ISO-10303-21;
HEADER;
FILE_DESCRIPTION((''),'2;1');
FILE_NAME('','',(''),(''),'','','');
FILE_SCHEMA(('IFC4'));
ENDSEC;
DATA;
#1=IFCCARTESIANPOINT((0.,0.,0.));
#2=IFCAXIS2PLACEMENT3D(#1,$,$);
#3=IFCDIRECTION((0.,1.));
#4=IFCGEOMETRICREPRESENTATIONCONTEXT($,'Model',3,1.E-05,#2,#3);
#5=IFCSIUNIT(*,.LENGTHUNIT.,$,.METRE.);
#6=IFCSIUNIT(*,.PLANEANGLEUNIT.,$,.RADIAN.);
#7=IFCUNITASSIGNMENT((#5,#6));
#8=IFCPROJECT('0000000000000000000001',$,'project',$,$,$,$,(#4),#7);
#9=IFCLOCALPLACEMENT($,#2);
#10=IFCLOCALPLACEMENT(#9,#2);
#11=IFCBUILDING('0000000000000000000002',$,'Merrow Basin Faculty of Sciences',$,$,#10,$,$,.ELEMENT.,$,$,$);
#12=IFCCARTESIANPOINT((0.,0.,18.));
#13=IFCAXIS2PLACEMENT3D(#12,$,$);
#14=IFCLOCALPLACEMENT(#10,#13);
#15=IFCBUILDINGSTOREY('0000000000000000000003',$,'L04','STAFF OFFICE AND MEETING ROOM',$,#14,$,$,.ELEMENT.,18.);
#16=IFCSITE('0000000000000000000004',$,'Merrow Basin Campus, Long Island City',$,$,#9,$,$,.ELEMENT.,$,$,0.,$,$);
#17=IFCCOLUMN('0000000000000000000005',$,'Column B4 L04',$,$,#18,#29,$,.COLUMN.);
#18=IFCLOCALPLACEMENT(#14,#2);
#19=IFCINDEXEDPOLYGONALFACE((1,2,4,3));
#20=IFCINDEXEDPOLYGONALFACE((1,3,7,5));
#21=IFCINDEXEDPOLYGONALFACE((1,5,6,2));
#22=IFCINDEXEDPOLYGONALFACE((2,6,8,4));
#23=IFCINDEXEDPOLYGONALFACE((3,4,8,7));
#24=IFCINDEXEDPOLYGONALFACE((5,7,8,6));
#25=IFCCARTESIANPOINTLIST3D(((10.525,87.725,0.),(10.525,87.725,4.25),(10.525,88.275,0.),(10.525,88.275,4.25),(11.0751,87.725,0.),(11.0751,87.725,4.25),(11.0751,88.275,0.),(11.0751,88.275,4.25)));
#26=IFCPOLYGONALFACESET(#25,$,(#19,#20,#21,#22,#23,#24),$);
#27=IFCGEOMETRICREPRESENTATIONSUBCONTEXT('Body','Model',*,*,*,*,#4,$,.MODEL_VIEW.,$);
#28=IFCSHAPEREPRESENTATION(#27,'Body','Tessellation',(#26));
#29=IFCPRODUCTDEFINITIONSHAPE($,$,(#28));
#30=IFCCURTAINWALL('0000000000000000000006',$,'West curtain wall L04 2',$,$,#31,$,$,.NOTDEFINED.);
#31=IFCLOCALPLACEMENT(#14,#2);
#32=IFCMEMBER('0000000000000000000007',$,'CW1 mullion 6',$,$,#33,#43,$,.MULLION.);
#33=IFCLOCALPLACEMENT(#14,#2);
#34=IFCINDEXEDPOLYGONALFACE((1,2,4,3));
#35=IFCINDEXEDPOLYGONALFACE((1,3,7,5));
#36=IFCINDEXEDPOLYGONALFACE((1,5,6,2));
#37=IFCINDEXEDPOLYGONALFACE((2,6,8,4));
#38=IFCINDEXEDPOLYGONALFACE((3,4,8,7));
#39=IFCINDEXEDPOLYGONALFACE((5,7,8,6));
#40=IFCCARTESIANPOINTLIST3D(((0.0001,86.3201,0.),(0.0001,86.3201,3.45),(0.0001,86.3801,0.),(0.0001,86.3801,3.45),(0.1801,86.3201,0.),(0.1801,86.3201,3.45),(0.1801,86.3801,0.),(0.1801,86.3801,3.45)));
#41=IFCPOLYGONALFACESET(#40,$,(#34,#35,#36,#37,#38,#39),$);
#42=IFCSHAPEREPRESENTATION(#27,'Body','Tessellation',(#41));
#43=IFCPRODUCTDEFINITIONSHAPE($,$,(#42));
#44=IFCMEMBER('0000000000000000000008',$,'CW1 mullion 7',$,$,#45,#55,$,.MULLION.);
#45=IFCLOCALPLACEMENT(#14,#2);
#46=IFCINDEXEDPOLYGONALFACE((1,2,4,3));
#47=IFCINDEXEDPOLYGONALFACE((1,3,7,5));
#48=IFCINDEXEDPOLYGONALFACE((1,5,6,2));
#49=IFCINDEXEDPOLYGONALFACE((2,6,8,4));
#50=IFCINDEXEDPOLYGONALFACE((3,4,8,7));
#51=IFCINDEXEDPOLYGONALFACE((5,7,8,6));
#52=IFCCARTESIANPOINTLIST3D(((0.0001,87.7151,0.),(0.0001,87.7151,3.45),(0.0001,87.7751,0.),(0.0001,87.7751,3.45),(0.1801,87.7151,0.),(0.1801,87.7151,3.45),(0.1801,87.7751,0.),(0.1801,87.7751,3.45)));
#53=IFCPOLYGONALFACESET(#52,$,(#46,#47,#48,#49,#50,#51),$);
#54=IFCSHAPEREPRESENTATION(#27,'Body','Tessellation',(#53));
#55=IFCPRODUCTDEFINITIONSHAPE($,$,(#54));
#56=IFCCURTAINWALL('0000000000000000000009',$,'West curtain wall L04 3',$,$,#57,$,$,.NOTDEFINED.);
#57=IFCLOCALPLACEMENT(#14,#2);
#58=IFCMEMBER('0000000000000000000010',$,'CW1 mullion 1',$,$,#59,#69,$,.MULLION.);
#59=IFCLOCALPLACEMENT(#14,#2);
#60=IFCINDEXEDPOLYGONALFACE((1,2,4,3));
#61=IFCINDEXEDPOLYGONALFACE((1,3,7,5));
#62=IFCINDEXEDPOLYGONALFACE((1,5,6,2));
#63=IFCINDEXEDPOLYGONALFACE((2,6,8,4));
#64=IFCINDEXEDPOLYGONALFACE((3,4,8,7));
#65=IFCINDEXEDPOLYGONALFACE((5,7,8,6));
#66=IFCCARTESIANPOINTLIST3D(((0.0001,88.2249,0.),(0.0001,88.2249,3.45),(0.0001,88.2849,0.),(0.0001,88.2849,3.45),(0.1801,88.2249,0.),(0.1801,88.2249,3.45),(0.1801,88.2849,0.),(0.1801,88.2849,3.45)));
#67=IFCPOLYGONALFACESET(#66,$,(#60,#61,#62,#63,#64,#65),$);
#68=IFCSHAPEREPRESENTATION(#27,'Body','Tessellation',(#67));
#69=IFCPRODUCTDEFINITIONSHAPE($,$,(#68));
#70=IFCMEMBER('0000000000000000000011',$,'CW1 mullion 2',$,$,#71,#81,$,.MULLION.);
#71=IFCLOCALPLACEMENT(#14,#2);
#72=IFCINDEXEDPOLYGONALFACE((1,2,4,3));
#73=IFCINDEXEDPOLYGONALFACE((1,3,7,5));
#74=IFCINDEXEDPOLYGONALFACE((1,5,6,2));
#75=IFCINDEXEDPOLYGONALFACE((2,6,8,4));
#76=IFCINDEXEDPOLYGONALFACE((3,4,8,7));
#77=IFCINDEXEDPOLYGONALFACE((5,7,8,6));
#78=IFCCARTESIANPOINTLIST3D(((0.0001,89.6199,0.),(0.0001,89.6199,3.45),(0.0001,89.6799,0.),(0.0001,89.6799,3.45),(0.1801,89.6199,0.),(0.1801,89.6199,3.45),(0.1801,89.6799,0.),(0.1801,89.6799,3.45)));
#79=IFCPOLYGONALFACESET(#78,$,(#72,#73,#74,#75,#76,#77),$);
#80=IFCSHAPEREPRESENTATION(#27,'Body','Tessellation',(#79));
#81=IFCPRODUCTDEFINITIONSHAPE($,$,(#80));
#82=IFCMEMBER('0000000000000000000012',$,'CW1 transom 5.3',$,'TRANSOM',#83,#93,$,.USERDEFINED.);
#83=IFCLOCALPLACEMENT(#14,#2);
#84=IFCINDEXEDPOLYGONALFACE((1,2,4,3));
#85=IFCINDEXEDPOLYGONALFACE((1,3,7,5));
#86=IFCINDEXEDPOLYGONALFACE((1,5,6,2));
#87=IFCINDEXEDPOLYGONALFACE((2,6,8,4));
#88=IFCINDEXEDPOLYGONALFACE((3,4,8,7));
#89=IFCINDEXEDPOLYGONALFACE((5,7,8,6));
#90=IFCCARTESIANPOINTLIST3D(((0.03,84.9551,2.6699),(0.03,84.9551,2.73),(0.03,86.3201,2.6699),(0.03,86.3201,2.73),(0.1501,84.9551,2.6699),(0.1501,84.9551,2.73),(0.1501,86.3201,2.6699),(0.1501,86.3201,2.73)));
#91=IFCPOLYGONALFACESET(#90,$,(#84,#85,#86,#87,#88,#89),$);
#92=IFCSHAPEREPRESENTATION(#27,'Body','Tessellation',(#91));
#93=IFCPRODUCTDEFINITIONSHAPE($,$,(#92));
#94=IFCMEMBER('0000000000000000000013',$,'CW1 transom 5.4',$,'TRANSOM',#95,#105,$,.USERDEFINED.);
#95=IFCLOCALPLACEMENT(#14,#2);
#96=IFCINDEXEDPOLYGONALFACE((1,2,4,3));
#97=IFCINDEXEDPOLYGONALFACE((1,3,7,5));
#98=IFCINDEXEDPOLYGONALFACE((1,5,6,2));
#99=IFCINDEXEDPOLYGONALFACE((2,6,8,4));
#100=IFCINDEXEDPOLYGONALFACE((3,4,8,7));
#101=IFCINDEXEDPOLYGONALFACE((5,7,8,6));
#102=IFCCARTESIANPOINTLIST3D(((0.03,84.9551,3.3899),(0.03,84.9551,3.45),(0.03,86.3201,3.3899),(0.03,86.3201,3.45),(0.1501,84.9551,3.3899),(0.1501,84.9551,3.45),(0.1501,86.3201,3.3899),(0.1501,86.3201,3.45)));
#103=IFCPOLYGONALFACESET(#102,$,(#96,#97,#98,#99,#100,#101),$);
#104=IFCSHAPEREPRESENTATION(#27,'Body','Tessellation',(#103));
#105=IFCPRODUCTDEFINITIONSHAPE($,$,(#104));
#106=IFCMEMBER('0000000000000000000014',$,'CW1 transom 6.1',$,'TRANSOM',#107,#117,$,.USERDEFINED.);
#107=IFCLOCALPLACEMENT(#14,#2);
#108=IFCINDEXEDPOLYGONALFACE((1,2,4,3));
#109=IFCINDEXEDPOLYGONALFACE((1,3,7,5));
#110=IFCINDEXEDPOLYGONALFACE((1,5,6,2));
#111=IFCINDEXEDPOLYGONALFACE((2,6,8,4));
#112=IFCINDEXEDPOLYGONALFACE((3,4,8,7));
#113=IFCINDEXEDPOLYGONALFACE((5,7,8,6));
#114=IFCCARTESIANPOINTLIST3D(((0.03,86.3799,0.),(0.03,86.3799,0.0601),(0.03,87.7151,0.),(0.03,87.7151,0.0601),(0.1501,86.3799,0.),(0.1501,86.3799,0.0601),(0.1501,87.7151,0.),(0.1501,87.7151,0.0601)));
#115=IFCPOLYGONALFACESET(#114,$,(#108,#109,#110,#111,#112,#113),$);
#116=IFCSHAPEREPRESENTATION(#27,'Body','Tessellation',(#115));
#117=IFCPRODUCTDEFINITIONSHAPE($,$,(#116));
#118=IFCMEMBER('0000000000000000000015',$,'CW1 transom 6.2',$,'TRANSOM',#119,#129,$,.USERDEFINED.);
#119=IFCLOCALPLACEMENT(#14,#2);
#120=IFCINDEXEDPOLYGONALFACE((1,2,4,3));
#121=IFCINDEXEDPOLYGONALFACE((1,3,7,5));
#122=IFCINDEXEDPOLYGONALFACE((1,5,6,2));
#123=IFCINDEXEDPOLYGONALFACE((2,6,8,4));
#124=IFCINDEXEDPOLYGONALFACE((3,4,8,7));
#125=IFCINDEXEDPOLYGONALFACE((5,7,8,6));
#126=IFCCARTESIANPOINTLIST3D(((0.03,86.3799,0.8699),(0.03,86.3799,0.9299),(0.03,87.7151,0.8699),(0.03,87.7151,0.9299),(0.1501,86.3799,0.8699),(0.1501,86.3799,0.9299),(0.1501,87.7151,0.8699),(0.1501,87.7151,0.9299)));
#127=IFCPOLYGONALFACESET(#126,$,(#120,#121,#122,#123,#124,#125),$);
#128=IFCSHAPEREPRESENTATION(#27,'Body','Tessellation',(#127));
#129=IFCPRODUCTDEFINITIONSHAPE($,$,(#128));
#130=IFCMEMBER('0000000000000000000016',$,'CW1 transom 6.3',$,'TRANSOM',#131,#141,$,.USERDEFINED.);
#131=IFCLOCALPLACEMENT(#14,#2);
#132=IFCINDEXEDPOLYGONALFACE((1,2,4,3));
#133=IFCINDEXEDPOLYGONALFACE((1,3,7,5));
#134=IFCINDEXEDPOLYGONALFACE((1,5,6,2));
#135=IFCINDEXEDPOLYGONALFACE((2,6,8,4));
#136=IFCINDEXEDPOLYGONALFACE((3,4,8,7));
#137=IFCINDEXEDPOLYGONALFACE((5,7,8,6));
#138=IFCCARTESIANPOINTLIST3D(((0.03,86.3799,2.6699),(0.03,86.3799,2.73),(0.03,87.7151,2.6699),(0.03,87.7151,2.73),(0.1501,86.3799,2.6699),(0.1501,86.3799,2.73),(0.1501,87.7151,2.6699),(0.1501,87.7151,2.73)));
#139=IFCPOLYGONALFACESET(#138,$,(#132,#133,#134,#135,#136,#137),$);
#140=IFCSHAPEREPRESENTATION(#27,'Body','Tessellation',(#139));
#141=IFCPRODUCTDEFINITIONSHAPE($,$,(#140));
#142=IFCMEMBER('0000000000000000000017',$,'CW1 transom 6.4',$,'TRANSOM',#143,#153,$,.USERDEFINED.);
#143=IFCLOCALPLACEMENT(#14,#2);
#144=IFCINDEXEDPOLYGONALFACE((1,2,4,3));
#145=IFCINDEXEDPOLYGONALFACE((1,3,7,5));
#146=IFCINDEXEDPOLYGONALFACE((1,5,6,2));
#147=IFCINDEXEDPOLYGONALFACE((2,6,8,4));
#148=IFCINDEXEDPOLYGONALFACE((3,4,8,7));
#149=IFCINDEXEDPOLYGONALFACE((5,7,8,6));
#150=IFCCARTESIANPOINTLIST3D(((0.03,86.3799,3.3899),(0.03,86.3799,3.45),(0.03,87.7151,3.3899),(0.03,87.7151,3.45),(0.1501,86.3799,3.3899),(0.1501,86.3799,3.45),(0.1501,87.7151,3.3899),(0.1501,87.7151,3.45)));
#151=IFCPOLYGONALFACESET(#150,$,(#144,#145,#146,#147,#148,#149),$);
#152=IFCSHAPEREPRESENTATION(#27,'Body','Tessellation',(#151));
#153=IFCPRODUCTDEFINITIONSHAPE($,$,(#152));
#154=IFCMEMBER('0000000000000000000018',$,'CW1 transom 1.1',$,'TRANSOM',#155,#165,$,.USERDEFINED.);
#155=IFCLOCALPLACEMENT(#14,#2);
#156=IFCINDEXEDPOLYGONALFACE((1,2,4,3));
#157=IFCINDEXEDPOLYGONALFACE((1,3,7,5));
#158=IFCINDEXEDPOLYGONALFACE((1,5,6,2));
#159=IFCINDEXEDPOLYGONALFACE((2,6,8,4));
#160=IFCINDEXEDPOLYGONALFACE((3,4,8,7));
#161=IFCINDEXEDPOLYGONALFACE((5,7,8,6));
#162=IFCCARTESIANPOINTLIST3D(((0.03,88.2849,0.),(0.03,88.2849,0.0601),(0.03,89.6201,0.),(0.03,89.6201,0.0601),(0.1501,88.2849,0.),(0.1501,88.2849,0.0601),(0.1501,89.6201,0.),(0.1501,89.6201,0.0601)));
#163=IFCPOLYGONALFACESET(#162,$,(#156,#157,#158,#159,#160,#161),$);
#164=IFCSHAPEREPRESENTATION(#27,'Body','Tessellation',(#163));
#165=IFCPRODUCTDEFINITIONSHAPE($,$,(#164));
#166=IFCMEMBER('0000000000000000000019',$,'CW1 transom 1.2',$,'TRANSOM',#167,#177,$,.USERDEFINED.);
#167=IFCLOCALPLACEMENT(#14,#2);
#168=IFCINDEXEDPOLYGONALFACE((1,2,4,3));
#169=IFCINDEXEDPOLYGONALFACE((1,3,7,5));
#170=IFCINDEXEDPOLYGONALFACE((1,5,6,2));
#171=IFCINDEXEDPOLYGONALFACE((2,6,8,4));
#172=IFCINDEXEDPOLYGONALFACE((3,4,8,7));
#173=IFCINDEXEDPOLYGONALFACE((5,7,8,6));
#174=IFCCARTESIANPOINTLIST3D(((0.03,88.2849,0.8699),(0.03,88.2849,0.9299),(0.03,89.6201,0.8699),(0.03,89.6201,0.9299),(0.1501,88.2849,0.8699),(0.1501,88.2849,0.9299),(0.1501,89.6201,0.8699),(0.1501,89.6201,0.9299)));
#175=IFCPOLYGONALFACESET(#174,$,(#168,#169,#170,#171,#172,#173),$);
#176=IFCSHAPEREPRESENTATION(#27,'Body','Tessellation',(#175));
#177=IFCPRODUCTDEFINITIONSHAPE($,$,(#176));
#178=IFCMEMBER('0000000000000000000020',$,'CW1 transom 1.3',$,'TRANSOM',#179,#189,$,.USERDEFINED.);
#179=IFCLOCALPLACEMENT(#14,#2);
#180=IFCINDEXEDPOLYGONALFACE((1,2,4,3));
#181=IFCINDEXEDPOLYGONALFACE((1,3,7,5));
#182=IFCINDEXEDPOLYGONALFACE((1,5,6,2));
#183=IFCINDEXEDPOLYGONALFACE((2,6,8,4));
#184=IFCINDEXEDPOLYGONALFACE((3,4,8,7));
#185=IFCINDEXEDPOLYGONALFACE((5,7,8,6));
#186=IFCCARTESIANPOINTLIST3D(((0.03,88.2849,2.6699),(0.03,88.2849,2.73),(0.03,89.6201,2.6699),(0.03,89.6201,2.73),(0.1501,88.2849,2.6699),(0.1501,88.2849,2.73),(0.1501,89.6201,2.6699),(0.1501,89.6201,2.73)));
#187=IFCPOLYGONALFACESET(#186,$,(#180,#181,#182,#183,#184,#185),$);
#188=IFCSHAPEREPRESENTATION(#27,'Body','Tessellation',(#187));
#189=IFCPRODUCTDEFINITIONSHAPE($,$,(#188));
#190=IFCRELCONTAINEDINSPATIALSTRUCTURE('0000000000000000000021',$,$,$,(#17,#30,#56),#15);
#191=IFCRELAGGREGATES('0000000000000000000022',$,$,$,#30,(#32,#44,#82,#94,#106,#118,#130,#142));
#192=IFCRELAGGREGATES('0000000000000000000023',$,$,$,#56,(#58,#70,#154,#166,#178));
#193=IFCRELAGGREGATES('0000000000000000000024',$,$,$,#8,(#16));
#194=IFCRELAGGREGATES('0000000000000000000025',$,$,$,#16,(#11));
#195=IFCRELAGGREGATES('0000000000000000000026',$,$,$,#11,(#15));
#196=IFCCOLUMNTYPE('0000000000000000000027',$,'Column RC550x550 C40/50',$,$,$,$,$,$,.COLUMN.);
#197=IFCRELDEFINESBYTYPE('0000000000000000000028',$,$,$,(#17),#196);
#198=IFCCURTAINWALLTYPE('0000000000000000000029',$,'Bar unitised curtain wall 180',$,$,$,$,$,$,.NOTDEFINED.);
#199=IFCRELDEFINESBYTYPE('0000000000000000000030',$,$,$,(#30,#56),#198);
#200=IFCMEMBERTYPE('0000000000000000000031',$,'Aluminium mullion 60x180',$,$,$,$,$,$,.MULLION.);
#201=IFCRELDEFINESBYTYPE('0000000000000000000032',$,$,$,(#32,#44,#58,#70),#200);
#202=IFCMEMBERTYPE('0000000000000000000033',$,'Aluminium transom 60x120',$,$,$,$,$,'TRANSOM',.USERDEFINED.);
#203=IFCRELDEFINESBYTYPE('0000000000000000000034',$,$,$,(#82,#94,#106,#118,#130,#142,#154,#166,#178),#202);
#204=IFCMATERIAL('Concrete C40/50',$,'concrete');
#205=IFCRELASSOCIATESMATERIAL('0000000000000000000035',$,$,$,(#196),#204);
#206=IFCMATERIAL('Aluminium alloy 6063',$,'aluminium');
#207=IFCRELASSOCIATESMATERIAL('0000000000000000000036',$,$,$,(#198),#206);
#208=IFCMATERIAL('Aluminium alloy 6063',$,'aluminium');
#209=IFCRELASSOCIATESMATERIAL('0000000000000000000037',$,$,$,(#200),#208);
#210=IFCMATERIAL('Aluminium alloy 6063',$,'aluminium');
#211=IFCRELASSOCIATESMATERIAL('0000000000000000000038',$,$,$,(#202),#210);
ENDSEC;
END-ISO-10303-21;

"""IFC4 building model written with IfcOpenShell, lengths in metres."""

from ifc_helpers import new_model, si_unit, direction, frame, origin, origin_2d, place, context, subcontext, project, spatial, rectangle, extrude, material, material_profile, profile_set, type_object, element, aggregate, save


model = new_model("IFC4")

# Units and contexts
model_context = context("Model", 3, precision=1e-05, world=origin(), true_north=direction((0.0, 1.0)))
body_context = subcontext(model_context, "Body", "Model", "MODEL_VIEW")
ifc_project = project(units=[si_unit("LENGTHUNIT", "METRE"), si_unit("PLANEANGLEUNIT", "RADIAN")], contexts=[model_context])

# Site, building, storey
site_placement = place(None, origin())
site = spatial("IfcSite", under=ifc_project, at=site_placement, Name="Merrow Basin Campus, Long Island City", CompositionType="ELEMENT", RefElevation=0.0)
building_placement = place(site_placement, origin())
building = spatial("IfcBuilding", under=site, at=building_placement, Name="Merrow Basin Faculty of Sciences", CompositionType="ELEMENT")
storey_placement = place(building_placement, frame((0.0, 0.0, 18.0)))
storey = spatial("IfcBuildingStorey", under=building, at=storey_placement, Name="L04", Description="STAFF OFFICE AND MEETING ROOM", CompositionType="ELEMENT", Elevation=18.0)

# Column
ifc_material_1 = material(Name="Concrete C40/50", Category="concrete")
ifc_material_profile_1 = material_profile(ifc_material_1, rectangle(XDim=0.55, YDim=0.55, at=origin_2d()))
ifc_profile_set_1 = profile_set([ifc_material_profile_1], Name="Concrete C40/50")
column_type = type_object("IfcColumnType", Name="Column RC550x550 C40/50", PredefinedType="COLUMN", material=ifc_profile_set_1)
column_placement = place(storey_placement, frame((10.8, 88.0, 0.0), z_axis=(0.0, 0.0, 1.0), x_axis=(1.0, 0.0, 0.0)))
element("IfcColumn", 1, at=column_placement, inside=storey, type_object=column_type, Name="Column B4 L04", PredefinedType="COLUMN", context=body_context, shape_type="SweptSolid", body=[
    extrude(rectangle(XDim=0.55, YDim=0.55, at=origin_2d()), origin(), (0.0, 0.0, 1.0), 4.25),
])

# Curtain walls, members
ifc_material_2 = material(Name="Aluminium alloy 6063", Category="aluminium")
curtain_wall_type = type_object("IfcCurtainWallType", Name="Bar unitised curtain wall 180", PredefinedType="NOTDEFINED", material=ifc_material_2)
curtain_wall_1_placement = place(storey_placement, origin())
curtain_wall_1 = element("IfcCurtainWall", 2, at=curtain_wall_1_placement, inside=storey, type_object=curtain_wall_type, Name="West curtain wall L04 2", PredefinedType="NOTDEFINED")
ifc_material_3 = material(Name="Aluminium alloy 6063", Category="aluminium")
ifc_material_profile_2 = material_profile(ifc_material_3, rectangle(XDim=0.1799, YDim=0.0601, at=origin_2d()))
ifc_profile_set_2 = profile_set([ifc_material_profile_2], Name="Aluminium alloy 6063")
member_type_1 = type_object("IfcMemberType", Name="Aluminium mullion 60x180", PredefinedType="MULLION", material=ifc_profile_set_2)
member_1_placement = place(storey_placement, frame((0.0901, 86.3501, 0.0), z_axis=(0.0, 0.0, 1.0), x_axis=(-1.0, 0.0, 0.0)))
member_1 = element("IfcMember", 3, at=member_1_placement, type_object=member_type_1, Name="CW1 mullion 6", PredefinedType="MULLION", context=body_context, shape_type="SweptSolid", body=[
    extrude(rectangle(XDim=0.1799, YDim=0.0601, at=origin_2d()), origin(), (0.0, 0.0, 1.0), 3.45),
])
member_2_placement = place(storey_placement, frame((0.0901, 87.7451, 0.0), z_axis=(0.0, 0.0, 1.0), x_axis=(-1.0, 0.0, 0.0)))
member_2 = element("IfcMember", 4, at=member_2_placement, type_object=member_type_1, Name="CW1 mullion 7", PredefinedType="MULLION", context=body_context, shape_type="SweptSolid", body=[
    extrude(rectangle(XDim=0.1799, YDim=0.0601, at=origin_2d()), origin(), (0.0, 0.0, 1.0), 3.45),
])
curtain_wall_2_placement = place(storey_placement, origin())
curtain_wall_2 = element("IfcCurtainWall", 5, at=curtain_wall_2_placement, inside=storey, type_object=curtain_wall_type, Name="West curtain wall L04 3", PredefinedType="NOTDEFINED")
member_3_placement = place(storey_placement, frame((0.0901, 88.2549, 0.0), z_axis=(0.0, 0.0, 1.0), x_axis=(-1.0, 0.0, 0.0)))
member_3 = element("IfcMember", 6, at=member_3_placement, type_object=member_type_1, Name="CW1 mullion 1", PredefinedType="MULLION", context=body_context, shape_type="SweptSolid", body=[
    extrude(rectangle(XDim=0.1799, YDim=0.0601, at=origin_2d()), origin(), (0.0, 0.0, 1.0), 3.45),
])
member_4_placement = place(storey_placement, frame((0.0901, 89.6499, 0.0), z_axis=(0.0, 0.0, 1.0), x_axis=(-1.0, 0.0, 0.0)))
member_4 = element("IfcMember", 7, at=member_4_placement, type_object=member_type_1, Name="CW1 mullion 2", PredefinedType="MULLION", context=body_context, shape_type="SweptSolid", body=[
    extrude(rectangle(XDim=0.1799, YDim=0.0601, at=origin_2d()), origin(), (0.0, 0.0, 1.0), 3.45),
])

# Members
ifc_material_4 = material(Name="Aluminium alloy 6063", Category="aluminium")
ifc_material_profile_3 = material_profile(ifc_material_4, rectangle(XDim=0.1201, YDim=0.0601, at=origin_2d()))
ifc_profile_set_3 = profile_set([ifc_material_profile_3], Name="Aluminium alloy 6063")
member_type_2 = type_object("IfcMemberType", Name="Aluminium transom 60x120", ElementType="TRANSOM", PredefinedType="USERDEFINED", material=ifc_profile_set_3)
member_5_placement = place(storey_placement, frame((0.0901, 84.9551, 2.7), z_axis=(0.0, 1.0, 0.0), x_axis=(-1.0, 0.0, 0.0)))
member_5 = element("IfcMember", 8, at=member_5_placement, type_object=member_type_2, Name="CW1 transom 5.3", ObjectType="TRANSOM", PredefinedType="USERDEFINED", context=body_context, shape_type="SweptSolid", body=[
    extrude(rectangle(XDim=0.1201, YDim=0.0601, at=origin_2d()), origin(), (0.0, 0.0, 1.0), 1.365),
])
member_6_placement = place(storey_placement, frame((0.0901, 84.9551, 3.4199), z_axis=(0.0, 1.0, 0.0), x_axis=(-1.0, 0.0, 0.0)))
member_6 = element("IfcMember", 9, at=member_6_placement, type_object=member_type_2, Name="CW1 transom 5.4", ObjectType="TRANSOM", PredefinedType="USERDEFINED", context=body_context, shape_type="SweptSolid", body=[
    extrude(rectangle(XDim=0.1201, YDim=0.0601, at=origin_2d()), origin(), (0.0, 0.0, 1.0), 1.365),
])
member_7_placement = place(storey_placement, frame((0.0901, 86.3799, 0.03), z_axis=(0.0, 1.0, 0.0), x_axis=(-1.0, 0.0, 0.0)))
member_7 = element("IfcMember", 10, at=member_7_placement, type_object=member_type_2, Name="CW1 transom 6.1", ObjectType="TRANSOM", PredefinedType="USERDEFINED", context=body_context, shape_type="SweptSolid", body=[
    extrude(rectangle(XDim=0.1201, YDim=0.0601, at=origin_2d()), origin(), (0.0, 0.0, 1.0), 1.3352),
])
member_8_placement = place(storey_placement, frame((0.0901, 86.3799, 0.8999), z_axis=(0.0, 1.0, 0.0), x_axis=(-1.0, 0.0, 0.0)))
member_8 = element("IfcMember", 11, at=member_8_placement, type_object=member_type_2, Name="CW1 transom 6.2", ObjectType="TRANSOM", PredefinedType="USERDEFINED", context=body_context, shape_type="SweptSolid", body=[
    extrude(rectangle(XDim=0.1201, YDim=0.0601, at=origin_2d()), origin(), (0.0, 0.0, 1.0), 1.3352),
])
member_9_placement = place(storey_placement, frame((0.0901, 86.3799, 2.7), z_axis=(0.0, 1.0, 0.0), x_axis=(-1.0, 0.0, 0.0)))
member_9 = element("IfcMember", 12, at=member_9_placement, type_object=member_type_2, Name="CW1 transom 6.3", ObjectType="TRANSOM", PredefinedType="USERDEFINED", context=body_context, shape_type="SweptSolid", body=[
    extrude(rectangle(XDim=0.1201, YDim=0.0601, at=origin_2d()), origin(), (0.0, 0.0, 1.0), 1.3352),
])
member_10_placement = place(storey_placement, frame((0.0901, 86.3799, 3.4199), z_axis=(0.0, 1.0, 0.0), x_axis=(-1.0, 0.0, 0.0)))
member_10 = element("IfcMember", 13, at=member_10_placement, type_object=member_type_2, Name="CW1 transom 6.4", ObjectType="TRANSOM", PredefinedType="USERDEFINED", context=body_context, shape_type="SweptSolid", body=[
    extrude(rectangle(XDim=0.1201, YDim=0.0601, at=origin_2d()), origin(), (0.0, 0.0, 1.0), 1.3352),
])
member_11_placement = place(storey_placement, frame((0.0901, 88.2849, 0.03), z_axis=(0.0, 1.0, 0.0), x_axis=(-1.0, 0.0, 0.0)))
member_11 = element("IfcMember", 14, at=member_11_placement, type_object=member_type_2, Name="CW1 transom 1.1", ObjectType="TRANSOM", PredefinedType="USERDEFINED", context=body_context, shape_type="SweptSolid", body=[
    extrude(rectangle(XDim=0.1201, YDim=0.0601, at=origin_2d()), origin(), (0.0, 0.0, 1.0), 1.3352),
])
member_12_placement = place(storey_placement, frame((0.0901, 88.2849, 0.8999), z_axis=(0.0, 1.0, 0.0), x_axis=(-1.0, 0.0, 0.0)))
member_12 = element("IfcMember", 15, at=member_12_placement, type_object=member_type_2, Name="CW1 transom 1.2", ObjectType="TRANSOM", PredefinedType="USERDEFINED", context=body_context, shape_type="SweptSolid", body=[
    extrude(rectangle(XDim=0.1201, YDim=0.0601, at=origin_2d()), origin(), (0.0, 0.0, 1.0), 1.3352),
])
member_13_placement = place(storey_placement, frame((0.0901, 88.2849, 2.7), z_axis=(0.0, 1.0, 0.0), x_axis=(-1.0, 0.0, 0.0)))
member_13 = element("IfcMember", 16, at=member_13_placement, type_object=member_type_2, Name="CW1 transom 1.3", ObjectType="TRANSOM", PredefinedType="USERDEFINED", context=body_context, shape_type="SweptSolid", body=[
    extrude(rectangle(XDim=0.1201, YDim=0.0601, at=origin_2d()), origin(), (0.0, 0.0, 1.0), 1.3352),
])

aggregate(curtain_wall_1, [member_1, member_2, member_5, member_6, member_7, member_8, member_9, member_10])
aggregate(curtain_wall_2, [member_3, member_4, member_11, member_12, member_13])

save(model, "model.ifc")
